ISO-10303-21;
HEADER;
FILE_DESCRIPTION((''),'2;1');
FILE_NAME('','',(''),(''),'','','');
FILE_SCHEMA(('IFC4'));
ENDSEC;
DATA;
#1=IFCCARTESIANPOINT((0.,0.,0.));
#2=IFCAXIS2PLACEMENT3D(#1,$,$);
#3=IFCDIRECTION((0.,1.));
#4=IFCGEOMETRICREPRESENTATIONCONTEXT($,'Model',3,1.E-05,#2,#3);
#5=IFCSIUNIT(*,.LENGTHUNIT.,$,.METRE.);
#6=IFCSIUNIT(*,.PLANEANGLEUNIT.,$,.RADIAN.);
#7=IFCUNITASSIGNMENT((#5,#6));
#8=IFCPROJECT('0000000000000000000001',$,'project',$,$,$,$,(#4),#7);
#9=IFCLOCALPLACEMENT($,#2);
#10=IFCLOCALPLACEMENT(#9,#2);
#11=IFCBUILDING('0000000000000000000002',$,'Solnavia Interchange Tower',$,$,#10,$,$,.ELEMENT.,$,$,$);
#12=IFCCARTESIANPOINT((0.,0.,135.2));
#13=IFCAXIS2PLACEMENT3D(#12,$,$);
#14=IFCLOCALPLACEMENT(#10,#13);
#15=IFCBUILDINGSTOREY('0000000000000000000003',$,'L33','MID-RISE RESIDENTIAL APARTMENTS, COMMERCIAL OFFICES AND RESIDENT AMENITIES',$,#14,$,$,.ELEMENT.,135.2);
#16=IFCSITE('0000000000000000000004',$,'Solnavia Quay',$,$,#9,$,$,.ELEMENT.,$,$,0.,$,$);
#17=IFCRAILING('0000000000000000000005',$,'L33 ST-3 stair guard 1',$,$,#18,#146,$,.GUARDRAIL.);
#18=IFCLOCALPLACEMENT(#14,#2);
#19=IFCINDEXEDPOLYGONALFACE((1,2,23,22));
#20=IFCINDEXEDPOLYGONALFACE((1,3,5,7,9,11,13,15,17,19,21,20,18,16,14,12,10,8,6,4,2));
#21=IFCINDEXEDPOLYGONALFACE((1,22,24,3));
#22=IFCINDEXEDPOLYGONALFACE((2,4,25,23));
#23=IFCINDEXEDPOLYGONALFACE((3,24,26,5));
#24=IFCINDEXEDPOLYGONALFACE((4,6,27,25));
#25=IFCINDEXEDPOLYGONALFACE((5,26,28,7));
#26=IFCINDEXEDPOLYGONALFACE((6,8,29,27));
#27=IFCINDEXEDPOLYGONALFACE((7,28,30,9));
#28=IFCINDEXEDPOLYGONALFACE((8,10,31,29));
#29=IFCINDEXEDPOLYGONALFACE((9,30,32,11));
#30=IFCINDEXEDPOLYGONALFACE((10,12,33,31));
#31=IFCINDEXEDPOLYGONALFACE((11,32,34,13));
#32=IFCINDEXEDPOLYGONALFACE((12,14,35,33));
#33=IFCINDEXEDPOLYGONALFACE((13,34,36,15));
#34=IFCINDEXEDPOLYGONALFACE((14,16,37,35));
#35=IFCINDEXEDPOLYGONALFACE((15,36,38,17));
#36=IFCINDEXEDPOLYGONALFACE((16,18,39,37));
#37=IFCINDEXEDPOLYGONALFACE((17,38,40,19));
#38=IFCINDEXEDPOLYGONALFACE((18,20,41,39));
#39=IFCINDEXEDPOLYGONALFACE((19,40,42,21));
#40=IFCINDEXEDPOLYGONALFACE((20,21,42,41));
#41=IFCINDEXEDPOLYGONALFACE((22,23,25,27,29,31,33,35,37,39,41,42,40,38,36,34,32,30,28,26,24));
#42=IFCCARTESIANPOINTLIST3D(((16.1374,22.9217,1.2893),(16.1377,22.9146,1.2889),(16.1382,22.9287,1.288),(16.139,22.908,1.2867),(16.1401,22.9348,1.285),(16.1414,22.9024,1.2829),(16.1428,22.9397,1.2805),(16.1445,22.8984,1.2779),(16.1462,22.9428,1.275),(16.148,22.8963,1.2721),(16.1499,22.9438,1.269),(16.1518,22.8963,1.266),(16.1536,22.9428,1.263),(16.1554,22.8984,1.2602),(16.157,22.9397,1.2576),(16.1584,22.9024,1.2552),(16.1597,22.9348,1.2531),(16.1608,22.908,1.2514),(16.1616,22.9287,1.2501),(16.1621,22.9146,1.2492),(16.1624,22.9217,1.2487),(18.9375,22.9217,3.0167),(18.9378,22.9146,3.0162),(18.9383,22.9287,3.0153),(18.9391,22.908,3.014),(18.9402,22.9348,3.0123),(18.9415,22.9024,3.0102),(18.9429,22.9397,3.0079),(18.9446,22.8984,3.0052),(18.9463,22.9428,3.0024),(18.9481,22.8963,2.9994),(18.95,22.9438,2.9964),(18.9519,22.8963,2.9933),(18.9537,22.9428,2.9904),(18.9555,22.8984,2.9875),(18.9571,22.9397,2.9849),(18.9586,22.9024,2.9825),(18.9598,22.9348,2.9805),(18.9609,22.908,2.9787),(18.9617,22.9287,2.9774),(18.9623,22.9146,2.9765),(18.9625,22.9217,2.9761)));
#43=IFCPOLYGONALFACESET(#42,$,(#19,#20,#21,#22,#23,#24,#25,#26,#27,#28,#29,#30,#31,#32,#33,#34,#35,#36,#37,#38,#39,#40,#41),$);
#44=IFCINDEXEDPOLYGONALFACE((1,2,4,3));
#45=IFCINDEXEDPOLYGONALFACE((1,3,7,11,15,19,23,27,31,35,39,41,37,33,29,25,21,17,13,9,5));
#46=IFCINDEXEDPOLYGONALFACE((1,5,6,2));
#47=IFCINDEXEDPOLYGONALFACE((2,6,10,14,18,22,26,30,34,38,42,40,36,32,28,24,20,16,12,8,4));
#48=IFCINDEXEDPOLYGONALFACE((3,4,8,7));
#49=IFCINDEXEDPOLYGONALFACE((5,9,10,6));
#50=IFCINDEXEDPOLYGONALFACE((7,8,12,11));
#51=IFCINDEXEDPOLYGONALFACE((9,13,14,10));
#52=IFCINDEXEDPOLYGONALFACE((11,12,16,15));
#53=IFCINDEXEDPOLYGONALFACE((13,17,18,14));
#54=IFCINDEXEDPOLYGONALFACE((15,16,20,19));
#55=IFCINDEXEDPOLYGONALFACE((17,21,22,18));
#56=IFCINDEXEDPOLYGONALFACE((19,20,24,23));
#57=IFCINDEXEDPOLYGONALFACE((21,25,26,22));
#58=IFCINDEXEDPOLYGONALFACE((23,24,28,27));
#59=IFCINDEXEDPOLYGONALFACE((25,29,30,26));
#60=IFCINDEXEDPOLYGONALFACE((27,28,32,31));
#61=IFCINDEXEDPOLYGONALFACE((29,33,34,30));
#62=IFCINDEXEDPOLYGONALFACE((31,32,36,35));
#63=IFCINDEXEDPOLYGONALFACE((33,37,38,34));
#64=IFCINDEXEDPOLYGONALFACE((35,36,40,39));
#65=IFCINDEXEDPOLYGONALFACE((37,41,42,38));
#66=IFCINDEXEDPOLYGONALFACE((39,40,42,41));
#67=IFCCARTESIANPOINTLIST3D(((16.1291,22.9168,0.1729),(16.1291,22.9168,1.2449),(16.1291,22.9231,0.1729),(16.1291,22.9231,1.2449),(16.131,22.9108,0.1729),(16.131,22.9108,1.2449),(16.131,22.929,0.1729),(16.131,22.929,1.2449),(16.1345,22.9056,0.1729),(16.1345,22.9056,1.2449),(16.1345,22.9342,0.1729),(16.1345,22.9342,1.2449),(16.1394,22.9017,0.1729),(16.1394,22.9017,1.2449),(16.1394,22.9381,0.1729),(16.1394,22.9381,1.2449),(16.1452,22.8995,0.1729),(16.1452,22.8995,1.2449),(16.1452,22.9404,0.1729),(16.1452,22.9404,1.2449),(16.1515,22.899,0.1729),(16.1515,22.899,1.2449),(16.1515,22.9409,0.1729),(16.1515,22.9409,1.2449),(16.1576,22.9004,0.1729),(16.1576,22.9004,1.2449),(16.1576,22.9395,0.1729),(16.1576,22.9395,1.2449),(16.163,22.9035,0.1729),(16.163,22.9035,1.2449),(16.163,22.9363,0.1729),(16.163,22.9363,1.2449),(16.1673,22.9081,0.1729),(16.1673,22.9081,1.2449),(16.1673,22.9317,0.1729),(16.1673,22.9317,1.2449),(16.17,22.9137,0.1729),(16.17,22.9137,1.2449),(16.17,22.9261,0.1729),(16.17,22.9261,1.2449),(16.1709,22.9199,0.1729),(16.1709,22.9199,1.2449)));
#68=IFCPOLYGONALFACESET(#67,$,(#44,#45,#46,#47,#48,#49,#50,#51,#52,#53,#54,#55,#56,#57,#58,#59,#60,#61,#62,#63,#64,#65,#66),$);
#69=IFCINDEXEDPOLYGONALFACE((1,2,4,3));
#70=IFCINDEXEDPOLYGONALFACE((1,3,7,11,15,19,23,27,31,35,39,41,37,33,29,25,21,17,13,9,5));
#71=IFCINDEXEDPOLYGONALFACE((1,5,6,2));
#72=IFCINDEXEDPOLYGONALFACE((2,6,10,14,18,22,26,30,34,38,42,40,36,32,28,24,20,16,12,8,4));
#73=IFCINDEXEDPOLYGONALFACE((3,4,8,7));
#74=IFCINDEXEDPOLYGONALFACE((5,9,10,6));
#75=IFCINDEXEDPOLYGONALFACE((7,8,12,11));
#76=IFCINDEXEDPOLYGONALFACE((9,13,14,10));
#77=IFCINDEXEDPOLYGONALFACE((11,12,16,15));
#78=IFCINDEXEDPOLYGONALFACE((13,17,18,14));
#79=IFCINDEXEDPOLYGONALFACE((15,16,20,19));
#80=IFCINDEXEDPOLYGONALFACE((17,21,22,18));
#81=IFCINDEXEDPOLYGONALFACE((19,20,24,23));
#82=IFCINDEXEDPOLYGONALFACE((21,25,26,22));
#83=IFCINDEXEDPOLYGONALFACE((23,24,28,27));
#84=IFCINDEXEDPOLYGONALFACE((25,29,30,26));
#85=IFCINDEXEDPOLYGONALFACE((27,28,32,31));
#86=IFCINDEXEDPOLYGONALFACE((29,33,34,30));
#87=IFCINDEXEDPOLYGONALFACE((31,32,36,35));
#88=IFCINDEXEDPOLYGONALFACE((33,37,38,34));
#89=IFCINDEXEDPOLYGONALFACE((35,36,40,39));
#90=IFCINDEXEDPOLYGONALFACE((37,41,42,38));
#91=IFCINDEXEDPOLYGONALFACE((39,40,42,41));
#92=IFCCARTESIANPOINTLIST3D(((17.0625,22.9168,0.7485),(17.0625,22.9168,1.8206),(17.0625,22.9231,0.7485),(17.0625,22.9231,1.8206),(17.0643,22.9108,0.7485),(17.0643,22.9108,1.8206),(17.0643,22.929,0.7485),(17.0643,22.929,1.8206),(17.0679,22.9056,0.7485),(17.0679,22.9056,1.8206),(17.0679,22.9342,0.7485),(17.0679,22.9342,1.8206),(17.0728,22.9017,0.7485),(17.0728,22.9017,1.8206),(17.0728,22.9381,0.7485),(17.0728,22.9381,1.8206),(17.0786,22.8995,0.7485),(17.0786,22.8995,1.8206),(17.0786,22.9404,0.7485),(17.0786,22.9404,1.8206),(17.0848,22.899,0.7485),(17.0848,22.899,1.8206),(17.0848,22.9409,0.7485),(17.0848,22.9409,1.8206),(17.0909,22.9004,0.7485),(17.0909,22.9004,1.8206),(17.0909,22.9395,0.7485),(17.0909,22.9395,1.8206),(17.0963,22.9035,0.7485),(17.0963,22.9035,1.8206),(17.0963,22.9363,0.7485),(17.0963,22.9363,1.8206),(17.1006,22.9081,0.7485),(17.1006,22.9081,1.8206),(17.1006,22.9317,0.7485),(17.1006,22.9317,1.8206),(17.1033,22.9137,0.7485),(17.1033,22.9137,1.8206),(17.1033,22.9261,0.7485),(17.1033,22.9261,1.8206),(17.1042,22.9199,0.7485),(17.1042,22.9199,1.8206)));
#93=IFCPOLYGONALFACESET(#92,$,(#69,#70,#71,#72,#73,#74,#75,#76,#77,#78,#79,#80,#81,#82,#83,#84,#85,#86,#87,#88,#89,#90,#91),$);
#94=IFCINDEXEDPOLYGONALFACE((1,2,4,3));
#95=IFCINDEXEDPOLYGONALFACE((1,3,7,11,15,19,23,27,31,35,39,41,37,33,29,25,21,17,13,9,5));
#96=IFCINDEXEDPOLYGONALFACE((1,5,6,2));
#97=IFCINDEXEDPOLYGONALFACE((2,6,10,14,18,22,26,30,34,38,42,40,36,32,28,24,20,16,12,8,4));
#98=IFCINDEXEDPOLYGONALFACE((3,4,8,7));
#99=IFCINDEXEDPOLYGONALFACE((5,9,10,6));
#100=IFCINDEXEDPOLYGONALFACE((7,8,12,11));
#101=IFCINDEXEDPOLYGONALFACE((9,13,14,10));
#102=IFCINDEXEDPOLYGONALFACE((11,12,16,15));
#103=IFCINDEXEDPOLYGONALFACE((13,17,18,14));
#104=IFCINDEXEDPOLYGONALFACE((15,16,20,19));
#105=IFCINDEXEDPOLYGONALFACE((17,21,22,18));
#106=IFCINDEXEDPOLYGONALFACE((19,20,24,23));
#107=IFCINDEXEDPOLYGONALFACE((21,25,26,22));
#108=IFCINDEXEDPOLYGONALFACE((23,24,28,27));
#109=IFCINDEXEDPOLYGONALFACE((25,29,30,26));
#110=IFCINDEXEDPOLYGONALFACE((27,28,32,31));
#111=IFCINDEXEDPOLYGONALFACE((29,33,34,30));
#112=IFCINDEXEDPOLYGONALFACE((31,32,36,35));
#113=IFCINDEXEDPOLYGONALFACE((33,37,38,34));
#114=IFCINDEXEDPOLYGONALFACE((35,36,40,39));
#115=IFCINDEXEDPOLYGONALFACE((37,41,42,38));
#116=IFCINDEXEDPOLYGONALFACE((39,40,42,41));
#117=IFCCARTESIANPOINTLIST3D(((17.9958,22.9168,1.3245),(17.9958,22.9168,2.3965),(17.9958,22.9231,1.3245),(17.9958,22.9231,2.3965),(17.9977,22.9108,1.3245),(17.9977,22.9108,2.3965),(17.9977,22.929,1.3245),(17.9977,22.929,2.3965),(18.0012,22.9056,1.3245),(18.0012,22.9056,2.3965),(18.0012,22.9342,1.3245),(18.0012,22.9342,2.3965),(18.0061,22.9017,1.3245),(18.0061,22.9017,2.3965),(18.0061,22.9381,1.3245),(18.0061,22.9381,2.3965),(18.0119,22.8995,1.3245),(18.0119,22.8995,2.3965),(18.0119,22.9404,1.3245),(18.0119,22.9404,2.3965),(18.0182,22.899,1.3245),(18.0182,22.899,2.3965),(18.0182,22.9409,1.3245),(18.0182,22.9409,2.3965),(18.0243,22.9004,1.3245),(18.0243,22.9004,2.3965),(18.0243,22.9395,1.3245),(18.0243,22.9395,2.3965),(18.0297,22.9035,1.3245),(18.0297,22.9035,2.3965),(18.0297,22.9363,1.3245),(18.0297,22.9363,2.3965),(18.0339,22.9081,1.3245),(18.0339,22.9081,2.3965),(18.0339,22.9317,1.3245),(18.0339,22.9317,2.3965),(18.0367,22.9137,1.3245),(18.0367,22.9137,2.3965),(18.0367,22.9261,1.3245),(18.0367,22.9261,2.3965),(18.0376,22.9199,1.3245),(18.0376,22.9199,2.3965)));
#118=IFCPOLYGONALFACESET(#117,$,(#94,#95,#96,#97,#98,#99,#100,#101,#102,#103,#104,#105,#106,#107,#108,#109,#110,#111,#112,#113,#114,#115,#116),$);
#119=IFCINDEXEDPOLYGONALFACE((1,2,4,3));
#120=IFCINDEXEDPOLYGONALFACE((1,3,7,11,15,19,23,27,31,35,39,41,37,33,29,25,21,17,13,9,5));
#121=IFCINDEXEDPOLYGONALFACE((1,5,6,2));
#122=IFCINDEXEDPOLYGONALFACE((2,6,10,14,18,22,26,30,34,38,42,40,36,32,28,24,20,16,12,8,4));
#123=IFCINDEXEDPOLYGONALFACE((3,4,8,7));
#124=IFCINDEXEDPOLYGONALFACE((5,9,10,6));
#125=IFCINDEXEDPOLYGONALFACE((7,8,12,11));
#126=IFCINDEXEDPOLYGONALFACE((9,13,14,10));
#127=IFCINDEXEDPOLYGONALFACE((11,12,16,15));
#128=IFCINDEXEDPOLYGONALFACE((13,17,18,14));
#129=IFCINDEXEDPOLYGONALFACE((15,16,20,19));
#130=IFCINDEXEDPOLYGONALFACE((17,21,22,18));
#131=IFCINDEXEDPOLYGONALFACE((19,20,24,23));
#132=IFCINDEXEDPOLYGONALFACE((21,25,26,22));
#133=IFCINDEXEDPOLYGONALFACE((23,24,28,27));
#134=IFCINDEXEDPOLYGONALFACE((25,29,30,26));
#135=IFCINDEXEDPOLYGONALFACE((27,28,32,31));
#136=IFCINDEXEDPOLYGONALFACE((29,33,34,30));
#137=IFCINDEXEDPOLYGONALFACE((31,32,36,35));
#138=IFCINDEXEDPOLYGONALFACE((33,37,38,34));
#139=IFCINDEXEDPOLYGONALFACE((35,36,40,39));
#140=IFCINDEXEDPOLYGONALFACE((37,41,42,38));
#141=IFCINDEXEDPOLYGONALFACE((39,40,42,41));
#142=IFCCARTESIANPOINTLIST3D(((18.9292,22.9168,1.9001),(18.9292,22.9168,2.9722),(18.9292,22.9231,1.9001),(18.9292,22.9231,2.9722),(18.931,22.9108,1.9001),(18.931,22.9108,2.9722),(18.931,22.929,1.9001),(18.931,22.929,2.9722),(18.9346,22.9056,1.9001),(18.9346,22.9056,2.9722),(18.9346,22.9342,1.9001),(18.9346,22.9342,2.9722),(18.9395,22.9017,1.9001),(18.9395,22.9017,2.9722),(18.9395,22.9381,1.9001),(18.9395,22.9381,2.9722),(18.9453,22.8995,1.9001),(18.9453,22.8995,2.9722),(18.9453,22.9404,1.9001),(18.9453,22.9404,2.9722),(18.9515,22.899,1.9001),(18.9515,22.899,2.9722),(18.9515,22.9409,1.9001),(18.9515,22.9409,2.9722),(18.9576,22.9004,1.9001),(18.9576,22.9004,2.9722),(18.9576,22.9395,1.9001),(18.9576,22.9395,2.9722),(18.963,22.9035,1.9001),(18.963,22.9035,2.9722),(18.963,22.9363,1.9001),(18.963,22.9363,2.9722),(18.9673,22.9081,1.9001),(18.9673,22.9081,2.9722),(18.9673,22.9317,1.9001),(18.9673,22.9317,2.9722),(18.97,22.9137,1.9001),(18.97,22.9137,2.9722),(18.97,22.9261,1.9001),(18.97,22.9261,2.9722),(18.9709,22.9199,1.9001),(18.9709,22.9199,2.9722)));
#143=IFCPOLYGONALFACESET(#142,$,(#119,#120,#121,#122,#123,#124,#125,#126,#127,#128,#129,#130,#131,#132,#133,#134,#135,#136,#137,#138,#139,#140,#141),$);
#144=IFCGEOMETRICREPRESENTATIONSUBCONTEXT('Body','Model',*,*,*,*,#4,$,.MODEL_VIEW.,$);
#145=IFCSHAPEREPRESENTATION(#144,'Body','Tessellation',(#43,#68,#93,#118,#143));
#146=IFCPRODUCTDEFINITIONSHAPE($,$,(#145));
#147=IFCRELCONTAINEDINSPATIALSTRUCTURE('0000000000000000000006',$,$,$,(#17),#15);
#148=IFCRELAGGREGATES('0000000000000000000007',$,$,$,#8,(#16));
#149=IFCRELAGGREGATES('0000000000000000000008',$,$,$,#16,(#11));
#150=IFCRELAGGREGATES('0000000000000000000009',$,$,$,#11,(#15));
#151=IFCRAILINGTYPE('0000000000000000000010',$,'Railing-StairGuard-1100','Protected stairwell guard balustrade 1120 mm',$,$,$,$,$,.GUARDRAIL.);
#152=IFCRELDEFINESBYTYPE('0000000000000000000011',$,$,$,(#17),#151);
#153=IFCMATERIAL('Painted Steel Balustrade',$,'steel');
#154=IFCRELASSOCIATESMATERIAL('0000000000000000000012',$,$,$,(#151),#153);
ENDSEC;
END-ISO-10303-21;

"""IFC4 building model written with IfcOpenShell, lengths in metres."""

from ifc_helpers import new_model, si_unit, direction, frame, origin, origin_2d, place, context, subcontext, project, spatial, circle, extrude, material, type_object, element, save


model = new_model("IFC4")

# Units and contexts
model_context = context("Model", 3, precision=1e-05, world=origin(), true_north=direction((0.0, 1.0)))
body_context = subcontext(model_context, "Body", "Model", "MODEL_VIEW")
ifc_project = project(units=[si_unit("LENGTHUNIT", "METRE"), si_unit("PLANEANGLEUNIT", "RADIAN")], contexts=[model_context])

# Site, building, storey
site_placement = place(None, origin())
site = spatial("IfcSite", under=ifc_project, at=site_placement, Name="Solnavia Quay", CompositionType="ELEMENT", RefElevation=0.0)
building_placement = place(site_placement, origin())
building = spatial("IfcBuilding", under=site, at=building_placement, Name="Solnavia Interchange Tower", CompositionType="ELEMENT")
storey_placement = place(building_placement, frame((0.0, 0.0, 135.2)))
storey = spatial("IfcBuildingStorey", under=building, at=storey_placement, Name="L33", Description="MID-RISE RESIDENTIAL APARTMENTS, COMMERCIAL OFFICES AND RESIDENT AMENITIES", CompositionType="ELEMENT", Elevation=135.2)

# Railing
ifc_material_1 = material(Name="Painted Steel Balustrade", Category="steel")
railing_type_1 = type_object("IfcRailingType", Name="Railing-StairGuard-1100", Description="Protected stairwell guard balustrade 1120 mm", PredefinedType="GUARDRAIL", material=ifc_material_1)
railing_1_placement = place(storey_placement, frame((16.1499, 22.9199, 0.1729)))
element("IfcRailing", 1, at=railing_1_placement, inside=storey, type_object=railing_type_1, Name="L33 ST-3 stair guard 1", PredefinedType="GUARDRAIL", context=body_context, shape_type="SweptSolid", body=[
    extrude(circle(Radius=0.0239, at=origin_2d()), frame((0.0, 0.0, 1.0962), z_axis=(0.85109, 0.0, 0.52502), x_axis=(0.0, 1.0, 0.0)), (0.0, 0.0, 1.0), 3.29),
    extrude(circle(Radius=0.021, at=origin_2d()), origin(), (0.0, 0.0, 1.0), 1.072),
    extrude(circle(Radius=0.021, at=origin_2d()), frame((0.9333, 0.0, 0.5757)), (0.0, 0.0, 1.0), 1.072),
    extrude(circle(Radius=0.021, at=origin_2d()), frame((1.8667, 0.0, 1.1516)), (0.0, 0.0, 1.0), 1.072),
    extrude(circle(Radius=0.021, at=origin_2d()), frame((2.8, 0.0, 1.7273)), (0.0, 0.0, 1.0), 1.072),
])

save(model, "model.ifc")
